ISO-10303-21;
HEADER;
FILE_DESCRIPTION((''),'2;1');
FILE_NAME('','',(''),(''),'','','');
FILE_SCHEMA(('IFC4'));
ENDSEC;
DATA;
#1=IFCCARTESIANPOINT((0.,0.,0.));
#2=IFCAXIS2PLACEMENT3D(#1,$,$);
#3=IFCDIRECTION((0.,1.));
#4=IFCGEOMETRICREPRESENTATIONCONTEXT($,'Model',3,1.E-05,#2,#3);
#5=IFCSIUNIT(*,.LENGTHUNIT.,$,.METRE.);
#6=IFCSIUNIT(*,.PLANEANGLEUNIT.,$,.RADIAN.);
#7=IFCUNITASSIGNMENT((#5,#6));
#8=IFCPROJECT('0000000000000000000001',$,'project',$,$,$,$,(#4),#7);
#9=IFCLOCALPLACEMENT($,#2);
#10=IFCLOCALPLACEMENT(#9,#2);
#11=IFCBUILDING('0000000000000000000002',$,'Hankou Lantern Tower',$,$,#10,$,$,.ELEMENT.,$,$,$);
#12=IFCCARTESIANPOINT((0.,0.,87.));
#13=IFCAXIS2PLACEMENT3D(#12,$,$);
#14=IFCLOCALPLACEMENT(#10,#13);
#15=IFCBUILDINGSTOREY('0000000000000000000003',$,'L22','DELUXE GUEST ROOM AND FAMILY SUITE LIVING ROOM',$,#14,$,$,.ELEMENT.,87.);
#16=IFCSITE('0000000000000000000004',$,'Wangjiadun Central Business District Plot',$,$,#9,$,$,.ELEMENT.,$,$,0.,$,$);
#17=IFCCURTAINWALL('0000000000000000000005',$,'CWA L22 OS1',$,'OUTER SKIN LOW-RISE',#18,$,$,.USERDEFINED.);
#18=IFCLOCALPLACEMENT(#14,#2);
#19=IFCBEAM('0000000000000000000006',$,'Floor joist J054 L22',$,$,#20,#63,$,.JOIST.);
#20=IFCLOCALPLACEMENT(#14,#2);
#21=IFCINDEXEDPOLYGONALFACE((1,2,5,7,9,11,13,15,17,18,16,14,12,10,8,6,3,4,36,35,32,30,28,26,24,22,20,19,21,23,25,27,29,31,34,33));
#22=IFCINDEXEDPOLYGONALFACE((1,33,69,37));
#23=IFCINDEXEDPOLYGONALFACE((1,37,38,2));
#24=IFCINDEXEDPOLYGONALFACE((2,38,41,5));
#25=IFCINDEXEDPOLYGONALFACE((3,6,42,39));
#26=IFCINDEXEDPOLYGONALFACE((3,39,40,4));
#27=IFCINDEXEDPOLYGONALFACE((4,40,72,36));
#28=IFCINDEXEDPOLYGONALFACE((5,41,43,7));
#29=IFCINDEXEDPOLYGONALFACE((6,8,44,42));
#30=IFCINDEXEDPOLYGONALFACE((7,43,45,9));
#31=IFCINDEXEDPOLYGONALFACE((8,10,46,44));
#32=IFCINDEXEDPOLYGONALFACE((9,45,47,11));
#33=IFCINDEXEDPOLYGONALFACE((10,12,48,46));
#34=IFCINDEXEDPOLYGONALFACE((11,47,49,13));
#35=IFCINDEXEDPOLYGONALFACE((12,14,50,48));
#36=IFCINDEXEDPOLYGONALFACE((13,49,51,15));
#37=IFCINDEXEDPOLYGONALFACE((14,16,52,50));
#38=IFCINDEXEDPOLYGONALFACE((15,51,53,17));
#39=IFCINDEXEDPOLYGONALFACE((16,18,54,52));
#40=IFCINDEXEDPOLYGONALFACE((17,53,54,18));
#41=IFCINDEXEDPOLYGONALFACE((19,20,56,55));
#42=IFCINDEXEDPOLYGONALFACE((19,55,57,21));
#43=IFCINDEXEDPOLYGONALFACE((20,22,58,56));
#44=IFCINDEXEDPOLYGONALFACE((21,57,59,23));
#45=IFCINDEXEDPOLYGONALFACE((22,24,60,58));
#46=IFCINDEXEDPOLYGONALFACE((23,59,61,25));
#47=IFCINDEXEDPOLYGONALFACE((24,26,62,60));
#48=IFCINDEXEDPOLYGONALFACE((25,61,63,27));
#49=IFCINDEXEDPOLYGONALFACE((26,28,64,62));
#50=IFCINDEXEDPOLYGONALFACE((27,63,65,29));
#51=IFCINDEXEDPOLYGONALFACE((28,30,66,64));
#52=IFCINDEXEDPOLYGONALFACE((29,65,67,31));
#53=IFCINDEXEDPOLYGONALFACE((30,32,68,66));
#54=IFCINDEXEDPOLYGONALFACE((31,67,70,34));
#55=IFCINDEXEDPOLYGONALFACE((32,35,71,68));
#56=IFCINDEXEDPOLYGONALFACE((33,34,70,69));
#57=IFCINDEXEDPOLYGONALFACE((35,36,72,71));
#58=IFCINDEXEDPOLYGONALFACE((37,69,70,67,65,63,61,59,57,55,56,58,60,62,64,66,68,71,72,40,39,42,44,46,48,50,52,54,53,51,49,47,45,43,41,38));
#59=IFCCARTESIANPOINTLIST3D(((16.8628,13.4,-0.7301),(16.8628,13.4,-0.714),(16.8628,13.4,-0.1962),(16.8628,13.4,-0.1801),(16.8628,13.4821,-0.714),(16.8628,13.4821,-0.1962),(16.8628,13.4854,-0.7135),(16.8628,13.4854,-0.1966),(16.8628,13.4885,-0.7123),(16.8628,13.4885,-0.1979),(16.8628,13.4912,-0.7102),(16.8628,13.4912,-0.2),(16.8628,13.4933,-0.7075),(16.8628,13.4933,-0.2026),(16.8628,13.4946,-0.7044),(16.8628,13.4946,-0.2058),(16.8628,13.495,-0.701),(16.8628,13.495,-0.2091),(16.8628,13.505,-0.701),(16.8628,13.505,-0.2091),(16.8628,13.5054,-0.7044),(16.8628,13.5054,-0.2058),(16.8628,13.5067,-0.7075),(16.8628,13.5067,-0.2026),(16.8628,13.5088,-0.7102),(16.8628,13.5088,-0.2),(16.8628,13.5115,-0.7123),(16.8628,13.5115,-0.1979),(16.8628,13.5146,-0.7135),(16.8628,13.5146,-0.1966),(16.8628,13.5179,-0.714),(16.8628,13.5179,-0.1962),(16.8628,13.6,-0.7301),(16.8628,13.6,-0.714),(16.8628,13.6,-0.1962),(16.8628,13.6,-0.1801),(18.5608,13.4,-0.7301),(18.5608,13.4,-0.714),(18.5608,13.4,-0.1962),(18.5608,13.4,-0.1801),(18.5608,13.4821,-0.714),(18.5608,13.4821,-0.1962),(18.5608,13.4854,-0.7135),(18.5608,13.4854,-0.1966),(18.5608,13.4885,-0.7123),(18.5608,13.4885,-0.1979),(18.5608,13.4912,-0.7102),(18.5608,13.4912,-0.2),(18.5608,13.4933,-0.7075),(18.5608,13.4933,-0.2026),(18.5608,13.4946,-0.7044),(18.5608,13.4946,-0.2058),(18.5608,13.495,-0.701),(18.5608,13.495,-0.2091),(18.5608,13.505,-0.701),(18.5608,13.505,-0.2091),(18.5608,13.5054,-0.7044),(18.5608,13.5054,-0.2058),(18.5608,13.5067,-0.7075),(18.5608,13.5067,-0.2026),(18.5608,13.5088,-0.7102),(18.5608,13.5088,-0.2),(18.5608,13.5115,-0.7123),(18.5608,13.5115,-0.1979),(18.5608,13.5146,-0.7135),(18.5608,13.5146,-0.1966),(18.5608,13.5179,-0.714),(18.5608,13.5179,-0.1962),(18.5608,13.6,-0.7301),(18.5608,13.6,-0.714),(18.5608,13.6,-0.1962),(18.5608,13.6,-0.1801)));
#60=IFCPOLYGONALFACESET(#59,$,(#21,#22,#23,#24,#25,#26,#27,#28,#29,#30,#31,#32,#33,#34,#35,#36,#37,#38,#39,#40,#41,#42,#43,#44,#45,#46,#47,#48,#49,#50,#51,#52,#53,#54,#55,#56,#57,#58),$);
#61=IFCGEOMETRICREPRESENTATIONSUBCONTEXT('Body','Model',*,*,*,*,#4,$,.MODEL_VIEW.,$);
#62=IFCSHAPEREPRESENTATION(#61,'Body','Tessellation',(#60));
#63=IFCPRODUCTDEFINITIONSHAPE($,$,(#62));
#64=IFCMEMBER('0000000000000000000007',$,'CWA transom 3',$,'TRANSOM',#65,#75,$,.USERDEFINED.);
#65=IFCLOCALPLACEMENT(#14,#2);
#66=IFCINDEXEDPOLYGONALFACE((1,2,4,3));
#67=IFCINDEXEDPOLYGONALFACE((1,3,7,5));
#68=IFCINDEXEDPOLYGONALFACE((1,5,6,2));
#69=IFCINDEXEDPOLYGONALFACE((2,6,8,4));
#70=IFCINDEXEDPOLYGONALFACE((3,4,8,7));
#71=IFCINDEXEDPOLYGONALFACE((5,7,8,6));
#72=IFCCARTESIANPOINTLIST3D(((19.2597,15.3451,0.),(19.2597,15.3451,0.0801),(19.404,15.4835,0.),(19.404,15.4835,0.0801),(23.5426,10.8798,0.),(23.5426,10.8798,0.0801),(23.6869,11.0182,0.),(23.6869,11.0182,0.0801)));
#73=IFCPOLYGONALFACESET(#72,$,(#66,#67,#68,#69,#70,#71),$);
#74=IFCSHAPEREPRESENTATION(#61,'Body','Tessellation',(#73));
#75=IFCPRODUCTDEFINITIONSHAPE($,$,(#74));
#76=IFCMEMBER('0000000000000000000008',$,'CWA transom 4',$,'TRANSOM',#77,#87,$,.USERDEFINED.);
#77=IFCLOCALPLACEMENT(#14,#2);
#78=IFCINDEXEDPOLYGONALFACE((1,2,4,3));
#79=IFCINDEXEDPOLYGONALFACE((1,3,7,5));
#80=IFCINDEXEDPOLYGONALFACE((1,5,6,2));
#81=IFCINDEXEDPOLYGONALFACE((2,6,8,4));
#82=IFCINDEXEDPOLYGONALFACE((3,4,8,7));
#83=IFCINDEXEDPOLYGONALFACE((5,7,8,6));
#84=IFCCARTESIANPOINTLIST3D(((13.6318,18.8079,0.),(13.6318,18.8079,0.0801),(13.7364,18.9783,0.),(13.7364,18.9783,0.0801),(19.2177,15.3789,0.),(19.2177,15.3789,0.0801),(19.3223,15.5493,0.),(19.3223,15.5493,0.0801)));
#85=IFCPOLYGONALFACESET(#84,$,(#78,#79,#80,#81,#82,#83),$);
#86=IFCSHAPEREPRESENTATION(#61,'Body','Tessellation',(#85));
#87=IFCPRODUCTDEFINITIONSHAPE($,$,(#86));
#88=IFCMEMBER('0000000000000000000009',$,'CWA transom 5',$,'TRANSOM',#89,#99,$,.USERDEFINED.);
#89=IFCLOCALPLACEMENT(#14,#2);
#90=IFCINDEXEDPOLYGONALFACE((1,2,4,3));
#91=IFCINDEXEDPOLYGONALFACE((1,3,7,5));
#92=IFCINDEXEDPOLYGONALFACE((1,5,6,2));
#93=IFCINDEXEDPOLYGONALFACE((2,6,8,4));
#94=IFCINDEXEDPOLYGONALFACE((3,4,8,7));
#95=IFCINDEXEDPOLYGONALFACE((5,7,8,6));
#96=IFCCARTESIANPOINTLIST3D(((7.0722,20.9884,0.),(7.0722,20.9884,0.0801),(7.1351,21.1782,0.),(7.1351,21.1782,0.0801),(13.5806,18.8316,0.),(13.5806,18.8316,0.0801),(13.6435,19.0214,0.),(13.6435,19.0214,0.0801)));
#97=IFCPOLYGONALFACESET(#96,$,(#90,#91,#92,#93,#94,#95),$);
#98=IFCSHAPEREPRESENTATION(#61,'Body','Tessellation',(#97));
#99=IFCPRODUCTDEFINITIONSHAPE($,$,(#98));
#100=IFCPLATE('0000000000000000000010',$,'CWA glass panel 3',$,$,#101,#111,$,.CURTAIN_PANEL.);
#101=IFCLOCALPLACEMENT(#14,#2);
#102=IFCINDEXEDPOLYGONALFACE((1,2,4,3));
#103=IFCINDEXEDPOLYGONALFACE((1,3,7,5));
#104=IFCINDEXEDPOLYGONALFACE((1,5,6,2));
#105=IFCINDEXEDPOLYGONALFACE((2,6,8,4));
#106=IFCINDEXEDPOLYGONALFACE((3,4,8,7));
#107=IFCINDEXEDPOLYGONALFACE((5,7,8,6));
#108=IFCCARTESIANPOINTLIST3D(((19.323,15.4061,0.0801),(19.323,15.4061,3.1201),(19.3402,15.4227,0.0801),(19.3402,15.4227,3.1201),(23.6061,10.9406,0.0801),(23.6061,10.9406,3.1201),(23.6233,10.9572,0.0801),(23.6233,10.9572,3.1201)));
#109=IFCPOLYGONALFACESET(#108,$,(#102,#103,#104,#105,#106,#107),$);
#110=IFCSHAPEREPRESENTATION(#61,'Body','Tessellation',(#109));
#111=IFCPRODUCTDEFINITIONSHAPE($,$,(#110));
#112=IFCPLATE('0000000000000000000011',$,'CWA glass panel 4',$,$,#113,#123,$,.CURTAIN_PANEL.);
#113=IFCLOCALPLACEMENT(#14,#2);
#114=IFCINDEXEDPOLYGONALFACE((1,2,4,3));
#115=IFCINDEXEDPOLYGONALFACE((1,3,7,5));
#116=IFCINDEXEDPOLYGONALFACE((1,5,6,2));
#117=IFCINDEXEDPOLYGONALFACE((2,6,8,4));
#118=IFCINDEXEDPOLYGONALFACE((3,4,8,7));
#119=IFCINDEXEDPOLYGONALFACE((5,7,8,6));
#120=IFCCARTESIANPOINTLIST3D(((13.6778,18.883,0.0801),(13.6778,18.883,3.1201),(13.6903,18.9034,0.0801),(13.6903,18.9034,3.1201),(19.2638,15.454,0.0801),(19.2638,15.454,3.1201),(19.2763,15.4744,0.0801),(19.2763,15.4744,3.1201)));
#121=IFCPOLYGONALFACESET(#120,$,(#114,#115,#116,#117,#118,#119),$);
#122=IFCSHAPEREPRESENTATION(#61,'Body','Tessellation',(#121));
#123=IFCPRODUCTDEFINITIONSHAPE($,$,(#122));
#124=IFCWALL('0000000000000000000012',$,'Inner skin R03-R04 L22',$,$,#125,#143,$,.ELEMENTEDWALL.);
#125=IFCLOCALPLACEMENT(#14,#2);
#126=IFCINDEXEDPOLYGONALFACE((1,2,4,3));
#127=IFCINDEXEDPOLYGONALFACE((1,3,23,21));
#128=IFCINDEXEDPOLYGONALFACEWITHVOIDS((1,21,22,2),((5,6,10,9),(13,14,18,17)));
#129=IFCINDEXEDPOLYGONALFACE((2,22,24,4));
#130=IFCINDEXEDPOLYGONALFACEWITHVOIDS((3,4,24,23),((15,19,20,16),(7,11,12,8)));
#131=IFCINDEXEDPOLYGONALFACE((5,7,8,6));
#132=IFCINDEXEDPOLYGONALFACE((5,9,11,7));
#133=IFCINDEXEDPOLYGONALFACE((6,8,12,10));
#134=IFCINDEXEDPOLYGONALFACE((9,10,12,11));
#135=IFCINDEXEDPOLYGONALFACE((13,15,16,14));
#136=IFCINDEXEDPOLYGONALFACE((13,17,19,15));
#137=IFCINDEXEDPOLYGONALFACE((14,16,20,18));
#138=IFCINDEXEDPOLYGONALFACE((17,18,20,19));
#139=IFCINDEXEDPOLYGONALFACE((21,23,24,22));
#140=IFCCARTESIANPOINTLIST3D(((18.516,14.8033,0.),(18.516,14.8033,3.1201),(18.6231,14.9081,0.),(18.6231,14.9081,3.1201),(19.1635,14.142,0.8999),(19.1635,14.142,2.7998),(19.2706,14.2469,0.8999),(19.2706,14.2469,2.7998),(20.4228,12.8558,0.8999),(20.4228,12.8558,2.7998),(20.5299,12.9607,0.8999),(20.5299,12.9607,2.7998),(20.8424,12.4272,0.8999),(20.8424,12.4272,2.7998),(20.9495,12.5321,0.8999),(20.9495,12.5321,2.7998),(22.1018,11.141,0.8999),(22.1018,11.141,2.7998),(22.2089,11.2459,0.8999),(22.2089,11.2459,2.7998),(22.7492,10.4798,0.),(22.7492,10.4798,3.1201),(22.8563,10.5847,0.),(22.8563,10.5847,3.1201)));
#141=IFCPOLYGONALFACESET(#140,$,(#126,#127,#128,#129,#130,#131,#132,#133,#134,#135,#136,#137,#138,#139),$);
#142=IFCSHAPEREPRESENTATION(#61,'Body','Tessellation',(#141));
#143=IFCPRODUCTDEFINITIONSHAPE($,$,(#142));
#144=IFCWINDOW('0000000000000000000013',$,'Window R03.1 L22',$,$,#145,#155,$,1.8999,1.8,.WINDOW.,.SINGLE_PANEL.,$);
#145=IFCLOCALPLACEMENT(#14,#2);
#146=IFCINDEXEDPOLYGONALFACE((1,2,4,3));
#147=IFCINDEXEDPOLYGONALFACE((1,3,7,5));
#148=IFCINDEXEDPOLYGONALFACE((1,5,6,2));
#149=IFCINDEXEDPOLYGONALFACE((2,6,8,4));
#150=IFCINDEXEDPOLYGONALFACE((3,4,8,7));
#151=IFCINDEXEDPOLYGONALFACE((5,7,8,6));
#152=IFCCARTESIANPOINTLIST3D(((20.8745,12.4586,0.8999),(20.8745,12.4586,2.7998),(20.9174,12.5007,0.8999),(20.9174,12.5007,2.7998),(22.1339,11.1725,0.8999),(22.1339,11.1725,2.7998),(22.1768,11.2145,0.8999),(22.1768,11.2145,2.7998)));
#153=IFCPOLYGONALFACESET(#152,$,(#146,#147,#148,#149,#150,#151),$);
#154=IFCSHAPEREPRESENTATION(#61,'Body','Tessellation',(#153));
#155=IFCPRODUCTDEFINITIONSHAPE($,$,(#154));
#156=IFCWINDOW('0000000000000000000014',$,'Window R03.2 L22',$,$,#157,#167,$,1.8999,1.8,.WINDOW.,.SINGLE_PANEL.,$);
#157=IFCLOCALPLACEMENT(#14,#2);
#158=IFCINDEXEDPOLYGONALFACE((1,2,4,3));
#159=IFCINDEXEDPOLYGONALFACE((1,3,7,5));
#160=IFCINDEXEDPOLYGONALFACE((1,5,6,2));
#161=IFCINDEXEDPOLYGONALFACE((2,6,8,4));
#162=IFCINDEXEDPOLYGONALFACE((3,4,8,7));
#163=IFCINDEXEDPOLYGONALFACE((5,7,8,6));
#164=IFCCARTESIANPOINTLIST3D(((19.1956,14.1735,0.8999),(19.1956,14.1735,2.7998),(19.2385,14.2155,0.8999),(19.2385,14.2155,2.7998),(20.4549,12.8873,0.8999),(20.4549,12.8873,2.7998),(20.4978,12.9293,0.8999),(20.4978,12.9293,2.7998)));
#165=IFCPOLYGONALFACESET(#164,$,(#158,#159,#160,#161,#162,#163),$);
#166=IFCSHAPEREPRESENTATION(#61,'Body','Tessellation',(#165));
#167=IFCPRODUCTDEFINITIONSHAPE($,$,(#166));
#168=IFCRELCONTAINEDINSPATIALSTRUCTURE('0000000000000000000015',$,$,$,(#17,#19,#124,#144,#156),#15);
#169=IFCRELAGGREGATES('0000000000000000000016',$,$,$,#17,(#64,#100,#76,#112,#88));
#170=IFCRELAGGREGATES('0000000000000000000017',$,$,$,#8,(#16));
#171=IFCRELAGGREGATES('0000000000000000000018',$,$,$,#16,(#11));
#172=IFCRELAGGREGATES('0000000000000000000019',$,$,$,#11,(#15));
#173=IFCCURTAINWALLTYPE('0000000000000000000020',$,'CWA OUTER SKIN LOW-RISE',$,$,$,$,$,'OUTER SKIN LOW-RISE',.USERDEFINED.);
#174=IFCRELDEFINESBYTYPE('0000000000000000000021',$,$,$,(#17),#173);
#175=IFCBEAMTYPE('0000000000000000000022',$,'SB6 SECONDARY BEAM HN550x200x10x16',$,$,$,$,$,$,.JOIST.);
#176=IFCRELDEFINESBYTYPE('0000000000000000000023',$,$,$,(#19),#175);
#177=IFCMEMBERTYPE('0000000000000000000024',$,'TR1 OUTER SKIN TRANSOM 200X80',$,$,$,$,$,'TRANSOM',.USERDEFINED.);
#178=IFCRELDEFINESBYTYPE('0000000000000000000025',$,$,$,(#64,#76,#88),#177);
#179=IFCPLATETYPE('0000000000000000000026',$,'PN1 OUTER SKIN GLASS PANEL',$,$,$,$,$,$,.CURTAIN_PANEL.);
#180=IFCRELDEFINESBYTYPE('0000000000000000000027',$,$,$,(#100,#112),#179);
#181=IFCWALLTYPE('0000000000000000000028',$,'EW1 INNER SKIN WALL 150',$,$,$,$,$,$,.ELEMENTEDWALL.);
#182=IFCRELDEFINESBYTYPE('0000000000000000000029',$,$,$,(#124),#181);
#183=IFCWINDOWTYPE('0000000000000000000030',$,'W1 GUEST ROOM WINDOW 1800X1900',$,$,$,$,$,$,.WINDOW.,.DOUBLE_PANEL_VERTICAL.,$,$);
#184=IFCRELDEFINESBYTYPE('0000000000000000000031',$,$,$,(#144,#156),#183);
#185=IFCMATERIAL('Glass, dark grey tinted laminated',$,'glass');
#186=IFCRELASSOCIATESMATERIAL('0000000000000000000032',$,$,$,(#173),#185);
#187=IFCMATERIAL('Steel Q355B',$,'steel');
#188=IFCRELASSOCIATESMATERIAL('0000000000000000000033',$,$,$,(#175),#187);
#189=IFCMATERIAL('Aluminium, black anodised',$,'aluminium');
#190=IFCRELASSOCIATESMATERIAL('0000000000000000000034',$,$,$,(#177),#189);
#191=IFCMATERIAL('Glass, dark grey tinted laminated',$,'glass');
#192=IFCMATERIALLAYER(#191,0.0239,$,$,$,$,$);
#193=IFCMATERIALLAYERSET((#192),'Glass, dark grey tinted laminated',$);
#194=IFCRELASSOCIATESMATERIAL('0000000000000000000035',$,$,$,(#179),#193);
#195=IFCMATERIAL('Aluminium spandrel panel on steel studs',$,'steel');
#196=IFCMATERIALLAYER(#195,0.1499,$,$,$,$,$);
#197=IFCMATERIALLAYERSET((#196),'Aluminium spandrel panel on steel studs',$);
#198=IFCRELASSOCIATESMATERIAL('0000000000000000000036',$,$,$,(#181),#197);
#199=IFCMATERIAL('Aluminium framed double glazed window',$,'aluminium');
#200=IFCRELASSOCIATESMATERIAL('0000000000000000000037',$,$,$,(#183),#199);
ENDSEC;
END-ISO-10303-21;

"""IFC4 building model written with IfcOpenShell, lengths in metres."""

from ifc_helpers import new_model, si_unit, direction, frame, frame_2d, origin, origin_2d, place, context, subcontext, project, spatial, rectangle, i_section, extrude, material, layer, layer_set, material_profile, profile_set, type_object, element, fill, aggregate, save


model = new_model("IFC4")

# Units and contexts
model_context = context("Model", 3, precision=1e-05, world=origin(), true_north=direction((0.0, 1.0)))
body_context = subcontext(model_context, "Body", "Model", "MODEL_VIEW")
ifc_project = project(units=[si_unit("LENGTHUNIT", "METRE"), si_unit("PLANEANGLEUNIT", "RADIAN")], contexts=[model_context])

# Site, building, storey
site_placement = place(None, origin())
site = spatial("IfcSite", under=ifc_project, at=site_placement, Name="Wangjiadun Central Business District Plot", CompositionType="ELEMENT", RefElevation=0.0)
building_placement = place(site_placement, origin())
building = spatial("IfcBuilding", under=site, at=building_placement, Name="Hankou Lantern Tower", CompositionType="ELEMENT")
storey_placement = place(building_placement, frame((0.0, 0.0, 87.0)))
storey = spatial("IfcBuildingStorey", under=building, at=storey_placement, Name="L22", Description="DELUXE GUEST ROOM AND FAMILY SUITE LIVING ROOM", CompositionType="ELEMENT", Elevation=87.0)

# Curtain wall
ifc_material_1 = material(Name="Glass, dark grey tinted laminated", Category="glass")
curtain_wall_type = type_object("IfcCurtainWallType", Name="CWA OUTER SKIN LOW-RISE", ElementType="OUTER SKIN LOW-RISE", PredefinedType="USERDEFINED", material=ifc_material_1)
curtain_wall_placement = place(storey_placement, origin())
curtain_wall = element("IfcCurtainWall", 1, at=curtain_wall_placement, inside=storey, type_object=curtain_wall_type, Name="CWA L22 OS1", ObjectType="OUTER SKIN LOW-RISE", PredefinedType="USERDEFINED")

# Beam
ifc_material_2 = material(Name="Steel Q355B", Category="steel")
ifc_material_profile_1 = material_profile(ifc_material_2, i_section(OverallWidth=0.2, OverallDepth=0.55, WebThickness=0.01, FlangeThickness=0.0161, FilletRadius=0.0129, at=origin_2d()), Name="HN550x200x10x16")
ifc_profile_set_1 = profile_set([ifc_material_profile_1], Name="Steel Q355B")
beam_type_1 = type_object("IfcBeamType", Name="SB6 SECONDARY BEAM HN550x200x10x16", PredefinedType="JOIST", material=ifc_profile_set_1)
beam_1_placement = place(storey_placement, frame((16.8628, 13.5, -0.4551), z_axis=(1.0, 0.0, 0.0), x_axis=(0.0, 1.0, 0.0)))
element("IfcBeam", 2, at=beam_1_placement, inside=storey, type_object=beam_type_1, Name="Floor joist J054 L22", PredefinedType="JOIST", context=body_context, shape_type="SweptSolid", body=[
    extrude(i_section(OverallWidth=0.2, OverallDepth=0.55, WebThickness=0.01, FlangeThickness=0.0161, FilletRadius=0.0129, at=origin_2d()), origin(), (0.0, 0.0, 1.0), 1.698),
])

# Members
ifc_material_3 = material(Name="Aluminium, black anodised", Category="aluminium")
ifc_material_profile_2 = material_profile(ifc_material_3, rectangle(XDim=0.2, YDim=0.0801, at=origin_2d()), Name="TR1 200X80")
ifc_profile_set_2 = profile_set([ifc_material_profile_2], Name="Aluminium, black anodised")
member_type_1 = type_object("IfcMemberType", Name="TR1 OUTER SKIN TRANSOM 200X80", ElementType="TRANSOM", PredefinedType="USERDEFINED", material=ifc_profile_set_2)
member_1_placement = place(storey_placement, frame((23.6147, 10.949, 0.04), z_axis=(-0.692216, 0.721691, 0.0), x_axis=(-0.721691, -0.692216, 0.0)))
member_1 = element("IfcMember", 3, at=member_1_placement, type_object=member_type_1, Name="CWA transom 3", ObjectType="TRANSOM", PredefinedType="USERDEFINED", context=body_context, shape_type="SweptSolid", body=[
    extrude(rectangle(XDim=0.2, YDim=0.0801, at=origin_2d()), origin(), (0.0, 0.0, 1.0), 6.1873),
])
member_2_placement = place(storey_placement, frame((19.27, 15.4641, 0.04), z_axis=(-0.85224, 0.523152, 0.0), x_axis=(-0.523152, -0.85224, 0.0)))
member_2 = element("IfcMember", 4, at=member_2_placement, type_object=member_type_1, Name="CWA transom 4", ObjectType="TRANSOM", PredefinedType="USERDEFINED", context=body_context, shape_type="SweptSolid", body=[
    extrude(rectangle(XDim=0.2, YDim=0.0801, at=origin_2d()), origin(), (0.0, 0.0, 1.0), 6.5544),
])
member_3_placement = place(storey_placement, frame((13.6121, 18.9265, 0.04), z_axis=(-0.949237, 0.314561, 0.0), x_axis=(-0.314561, -0.949237, 0.0)))
member_3 = element("IfcMember", 5, at=member_3_placement, type_object=member_type_1, Name="CWA transom 5", ObjectType="TRANSOM", PredefinedType="USERDEFINED", context=body_context, shape_type="SweptSolid", body=[
    extrude(rectangle(XDim=0.2, YDim=0.0801, at=origin_2d()), origin(), (0.0, 0.0, 1.0), 6.8564),
])

# Plates
ifc_material_4 = material(Name="Glass, dark grey tinted laminated", Category="glass")
ifc_layer_1 = layer(ifc_material_4, 0.0239)
ifc_layer_set_1 = layer_set([ifc_layer_1], Name="Glass, dark grey tinted laminated")
plate_type = type_object("IfcPlateType", Name="PN1 OUTER SKIN GLASS PANEL", PredefinedType="CURTAIN_PANEL", material=ifc_layer_set_1)
plate_1_placement = place(storey_placement, frame((21.4731, 13.1816, 0.0801), z_axis=(0.0, 0.0, 1.0), x_axis=(-0.692216, 0.721691, 0.0)))
plate_1 = element("IfcPlate", 6, at=plate_1_placement, type_object=plate_type, Name="CWA glass panel 3", PredefinedType="CURTAIN_PANEL", context=body_context, shape_type="SweptSolid", body=[
    extrude(rectangle(XDim=6.1875, YDim=0.0239, at=origin_2d()), origin(), (0.0, 0.0, 1.0), 3.04),
])
plate_2_placement = place(storey_placement, frame((16.4771, 17.1787, 0.0801), z_axis=(0.0, 0.0, 1.0), x_axis=(-0.852237, 0.523156, 0.0)))
plate_2 = element("IfcPlate", 7, at=plate_2_placement, type_object=plate_type, Name="CWA glass panel 4", PredefinedType="CURTAIN_PANEL", context=body_context, shape_type="SweptSolid", body=[
    extrude(rectangle(XDim=6.5544, YDim=0.0239, at=origin_2d()), origin(), (0.0, 0.0, 1.0), 3.04),
])
aggregate(curtain_wall, [member_1, plate_1, member_2, plate_2, member_3])

# Wall, openings, windows
ifc_material_5 = material(Name="Aluminium spandrel panel on steel studs", Category="steel")
ifc_layer_2 = layer(ifc_material_5, 0.1499)
ifc_layer_set_2 = layer_set([ifc_layer_2], Name="Aluminium spandrel panel on steel studs")
wall_type_1 = type_object("IfcWallType", Name="EW1 INNER SKIN WALL 150", PredefinedType="ELEMENTEDWALL", material=ifc_layer_set_2)
wall_1_placement = place(storey_placement, frame((22.8027, 10.5322, 0.0), z_axis=(0.0, 0.0, 1.0), x_axis=(-0.699603, 0.714532, 0.0)))
wall_1 = element("IfcWall", 8, at=wall_1_placement, inside=storey, type_object=wall_type_1, Name="Inner skin R03-R04 L22", PredefinedType="ELEMENTEDWALL", context=body_context, shape_type="SweptSolid", body=[
    extrude(rectangle(XDim=6.0508, YDim=0.1499, at=frame_2d((3.0254, 0.0))), origin(), (0.0, 0.0, 1.0), 3.1201),
])
opening_1_placement = place(wall_1_placement, frame((0.9255, 0.0, 0.8999)))
opening_1 = element("IfcOpeningElement", 9, at=opening_1_placement, cuts=wall_1, PredefinedType="OPENING", context=body_context, shape_type="SweptSolid", body=[
    extrude(rectangle(XDim=1.8, YDim=1.8999, at=frame_2d((0.8999, 0.95))), frame((0.0, 0.085, 0.0), z_axis=(0.0, -1.0, 0.0), x_axis=(1.0, 0.0, 0.0)), (0.0, 0.0, 1.0), 0.1699),
])
opening_2_placement = place(wall_1_placement, frame((3.3254, 0.0, 0.8999)))
opening_2 = element("IfcOpeningElement", 10, at=opening_2_placement, cuts=wall_1, PredefinedType="OPENING", context=body_context, shape_type="SweptSolid", body=[
    extrude(rectangle(XDim=1.8, YDim=1.8999, at=frame_2d((0.8999, 0.95))), frame((0.0, 0.085, 0.0), z_axis=(0.0, -1.0, 0.0), x_axis=(1.0, 0.0, 0.0)), (0.0, 0.0, 1.0), 0.1699),
])
ifc_material_6 = material(Name="Aluminium framed double glazed window", Category="aluminium")
window_type = type_object("IfcWindowType", Name="W1 GUEST ROOM WINDOW 1800X1900", PartitioningType="DOUBLE_PANEL_VERTICAL", PredefinedType="WINDOW", material=ifc_material_6)
window_1_placement = place(opening_1_placement, origin())
window_1 = element("IfcWindow", 11, at=window_1_placement, inside=storey, type_object=window_type, Name="Window R03.1 L22", OverallHeight=1.8999, OverallWidth=1.8, PartitioningType="SINGLE_PANEL", PredefinedType="WINDOW", context=body_context, shape_type="SweptSolid", body=[
    extrude(rectangle(XDim=1.8, YDim=1.8999, at=frame_2d((0.8999, 0.95))), frame((0.0, 0.03, 0.0), z_axis=(0.0, -1.0, 0.0), x_axis=(1.0, 0.0, 0.0)), (0.0, 0.0, 1.0), 0.0601),
])
fill(opening_1, window_1)
window_2_placement = place(opening_2_placement, origin())
window_2 = element("IfcWindow", 12, at=window_2_placement, inside=storey, type_object=window_type, Name="Window R03.2 L22", OverallHeight=1.8999, OverallWidth=1.8, PartitioningType="SINGLE_PANEL", PredefinedType="WINDOW", context=body_context, shape_type="SweptSolid", body=[
    extrude(rectangle(XDim=1.8, YDim=1.8999, at=frame_2d((0.8999, 0.95))), frame((0.0, 0.03, 0.0), z_axis=(0.0, -1.0, 0.0), x_axis=(1.0, 0.0, 0.0)), (0.0, 0.0, 1.0), 0.0601),
])
fill(opening_2, window_2)

save(model, "model.ifc")
